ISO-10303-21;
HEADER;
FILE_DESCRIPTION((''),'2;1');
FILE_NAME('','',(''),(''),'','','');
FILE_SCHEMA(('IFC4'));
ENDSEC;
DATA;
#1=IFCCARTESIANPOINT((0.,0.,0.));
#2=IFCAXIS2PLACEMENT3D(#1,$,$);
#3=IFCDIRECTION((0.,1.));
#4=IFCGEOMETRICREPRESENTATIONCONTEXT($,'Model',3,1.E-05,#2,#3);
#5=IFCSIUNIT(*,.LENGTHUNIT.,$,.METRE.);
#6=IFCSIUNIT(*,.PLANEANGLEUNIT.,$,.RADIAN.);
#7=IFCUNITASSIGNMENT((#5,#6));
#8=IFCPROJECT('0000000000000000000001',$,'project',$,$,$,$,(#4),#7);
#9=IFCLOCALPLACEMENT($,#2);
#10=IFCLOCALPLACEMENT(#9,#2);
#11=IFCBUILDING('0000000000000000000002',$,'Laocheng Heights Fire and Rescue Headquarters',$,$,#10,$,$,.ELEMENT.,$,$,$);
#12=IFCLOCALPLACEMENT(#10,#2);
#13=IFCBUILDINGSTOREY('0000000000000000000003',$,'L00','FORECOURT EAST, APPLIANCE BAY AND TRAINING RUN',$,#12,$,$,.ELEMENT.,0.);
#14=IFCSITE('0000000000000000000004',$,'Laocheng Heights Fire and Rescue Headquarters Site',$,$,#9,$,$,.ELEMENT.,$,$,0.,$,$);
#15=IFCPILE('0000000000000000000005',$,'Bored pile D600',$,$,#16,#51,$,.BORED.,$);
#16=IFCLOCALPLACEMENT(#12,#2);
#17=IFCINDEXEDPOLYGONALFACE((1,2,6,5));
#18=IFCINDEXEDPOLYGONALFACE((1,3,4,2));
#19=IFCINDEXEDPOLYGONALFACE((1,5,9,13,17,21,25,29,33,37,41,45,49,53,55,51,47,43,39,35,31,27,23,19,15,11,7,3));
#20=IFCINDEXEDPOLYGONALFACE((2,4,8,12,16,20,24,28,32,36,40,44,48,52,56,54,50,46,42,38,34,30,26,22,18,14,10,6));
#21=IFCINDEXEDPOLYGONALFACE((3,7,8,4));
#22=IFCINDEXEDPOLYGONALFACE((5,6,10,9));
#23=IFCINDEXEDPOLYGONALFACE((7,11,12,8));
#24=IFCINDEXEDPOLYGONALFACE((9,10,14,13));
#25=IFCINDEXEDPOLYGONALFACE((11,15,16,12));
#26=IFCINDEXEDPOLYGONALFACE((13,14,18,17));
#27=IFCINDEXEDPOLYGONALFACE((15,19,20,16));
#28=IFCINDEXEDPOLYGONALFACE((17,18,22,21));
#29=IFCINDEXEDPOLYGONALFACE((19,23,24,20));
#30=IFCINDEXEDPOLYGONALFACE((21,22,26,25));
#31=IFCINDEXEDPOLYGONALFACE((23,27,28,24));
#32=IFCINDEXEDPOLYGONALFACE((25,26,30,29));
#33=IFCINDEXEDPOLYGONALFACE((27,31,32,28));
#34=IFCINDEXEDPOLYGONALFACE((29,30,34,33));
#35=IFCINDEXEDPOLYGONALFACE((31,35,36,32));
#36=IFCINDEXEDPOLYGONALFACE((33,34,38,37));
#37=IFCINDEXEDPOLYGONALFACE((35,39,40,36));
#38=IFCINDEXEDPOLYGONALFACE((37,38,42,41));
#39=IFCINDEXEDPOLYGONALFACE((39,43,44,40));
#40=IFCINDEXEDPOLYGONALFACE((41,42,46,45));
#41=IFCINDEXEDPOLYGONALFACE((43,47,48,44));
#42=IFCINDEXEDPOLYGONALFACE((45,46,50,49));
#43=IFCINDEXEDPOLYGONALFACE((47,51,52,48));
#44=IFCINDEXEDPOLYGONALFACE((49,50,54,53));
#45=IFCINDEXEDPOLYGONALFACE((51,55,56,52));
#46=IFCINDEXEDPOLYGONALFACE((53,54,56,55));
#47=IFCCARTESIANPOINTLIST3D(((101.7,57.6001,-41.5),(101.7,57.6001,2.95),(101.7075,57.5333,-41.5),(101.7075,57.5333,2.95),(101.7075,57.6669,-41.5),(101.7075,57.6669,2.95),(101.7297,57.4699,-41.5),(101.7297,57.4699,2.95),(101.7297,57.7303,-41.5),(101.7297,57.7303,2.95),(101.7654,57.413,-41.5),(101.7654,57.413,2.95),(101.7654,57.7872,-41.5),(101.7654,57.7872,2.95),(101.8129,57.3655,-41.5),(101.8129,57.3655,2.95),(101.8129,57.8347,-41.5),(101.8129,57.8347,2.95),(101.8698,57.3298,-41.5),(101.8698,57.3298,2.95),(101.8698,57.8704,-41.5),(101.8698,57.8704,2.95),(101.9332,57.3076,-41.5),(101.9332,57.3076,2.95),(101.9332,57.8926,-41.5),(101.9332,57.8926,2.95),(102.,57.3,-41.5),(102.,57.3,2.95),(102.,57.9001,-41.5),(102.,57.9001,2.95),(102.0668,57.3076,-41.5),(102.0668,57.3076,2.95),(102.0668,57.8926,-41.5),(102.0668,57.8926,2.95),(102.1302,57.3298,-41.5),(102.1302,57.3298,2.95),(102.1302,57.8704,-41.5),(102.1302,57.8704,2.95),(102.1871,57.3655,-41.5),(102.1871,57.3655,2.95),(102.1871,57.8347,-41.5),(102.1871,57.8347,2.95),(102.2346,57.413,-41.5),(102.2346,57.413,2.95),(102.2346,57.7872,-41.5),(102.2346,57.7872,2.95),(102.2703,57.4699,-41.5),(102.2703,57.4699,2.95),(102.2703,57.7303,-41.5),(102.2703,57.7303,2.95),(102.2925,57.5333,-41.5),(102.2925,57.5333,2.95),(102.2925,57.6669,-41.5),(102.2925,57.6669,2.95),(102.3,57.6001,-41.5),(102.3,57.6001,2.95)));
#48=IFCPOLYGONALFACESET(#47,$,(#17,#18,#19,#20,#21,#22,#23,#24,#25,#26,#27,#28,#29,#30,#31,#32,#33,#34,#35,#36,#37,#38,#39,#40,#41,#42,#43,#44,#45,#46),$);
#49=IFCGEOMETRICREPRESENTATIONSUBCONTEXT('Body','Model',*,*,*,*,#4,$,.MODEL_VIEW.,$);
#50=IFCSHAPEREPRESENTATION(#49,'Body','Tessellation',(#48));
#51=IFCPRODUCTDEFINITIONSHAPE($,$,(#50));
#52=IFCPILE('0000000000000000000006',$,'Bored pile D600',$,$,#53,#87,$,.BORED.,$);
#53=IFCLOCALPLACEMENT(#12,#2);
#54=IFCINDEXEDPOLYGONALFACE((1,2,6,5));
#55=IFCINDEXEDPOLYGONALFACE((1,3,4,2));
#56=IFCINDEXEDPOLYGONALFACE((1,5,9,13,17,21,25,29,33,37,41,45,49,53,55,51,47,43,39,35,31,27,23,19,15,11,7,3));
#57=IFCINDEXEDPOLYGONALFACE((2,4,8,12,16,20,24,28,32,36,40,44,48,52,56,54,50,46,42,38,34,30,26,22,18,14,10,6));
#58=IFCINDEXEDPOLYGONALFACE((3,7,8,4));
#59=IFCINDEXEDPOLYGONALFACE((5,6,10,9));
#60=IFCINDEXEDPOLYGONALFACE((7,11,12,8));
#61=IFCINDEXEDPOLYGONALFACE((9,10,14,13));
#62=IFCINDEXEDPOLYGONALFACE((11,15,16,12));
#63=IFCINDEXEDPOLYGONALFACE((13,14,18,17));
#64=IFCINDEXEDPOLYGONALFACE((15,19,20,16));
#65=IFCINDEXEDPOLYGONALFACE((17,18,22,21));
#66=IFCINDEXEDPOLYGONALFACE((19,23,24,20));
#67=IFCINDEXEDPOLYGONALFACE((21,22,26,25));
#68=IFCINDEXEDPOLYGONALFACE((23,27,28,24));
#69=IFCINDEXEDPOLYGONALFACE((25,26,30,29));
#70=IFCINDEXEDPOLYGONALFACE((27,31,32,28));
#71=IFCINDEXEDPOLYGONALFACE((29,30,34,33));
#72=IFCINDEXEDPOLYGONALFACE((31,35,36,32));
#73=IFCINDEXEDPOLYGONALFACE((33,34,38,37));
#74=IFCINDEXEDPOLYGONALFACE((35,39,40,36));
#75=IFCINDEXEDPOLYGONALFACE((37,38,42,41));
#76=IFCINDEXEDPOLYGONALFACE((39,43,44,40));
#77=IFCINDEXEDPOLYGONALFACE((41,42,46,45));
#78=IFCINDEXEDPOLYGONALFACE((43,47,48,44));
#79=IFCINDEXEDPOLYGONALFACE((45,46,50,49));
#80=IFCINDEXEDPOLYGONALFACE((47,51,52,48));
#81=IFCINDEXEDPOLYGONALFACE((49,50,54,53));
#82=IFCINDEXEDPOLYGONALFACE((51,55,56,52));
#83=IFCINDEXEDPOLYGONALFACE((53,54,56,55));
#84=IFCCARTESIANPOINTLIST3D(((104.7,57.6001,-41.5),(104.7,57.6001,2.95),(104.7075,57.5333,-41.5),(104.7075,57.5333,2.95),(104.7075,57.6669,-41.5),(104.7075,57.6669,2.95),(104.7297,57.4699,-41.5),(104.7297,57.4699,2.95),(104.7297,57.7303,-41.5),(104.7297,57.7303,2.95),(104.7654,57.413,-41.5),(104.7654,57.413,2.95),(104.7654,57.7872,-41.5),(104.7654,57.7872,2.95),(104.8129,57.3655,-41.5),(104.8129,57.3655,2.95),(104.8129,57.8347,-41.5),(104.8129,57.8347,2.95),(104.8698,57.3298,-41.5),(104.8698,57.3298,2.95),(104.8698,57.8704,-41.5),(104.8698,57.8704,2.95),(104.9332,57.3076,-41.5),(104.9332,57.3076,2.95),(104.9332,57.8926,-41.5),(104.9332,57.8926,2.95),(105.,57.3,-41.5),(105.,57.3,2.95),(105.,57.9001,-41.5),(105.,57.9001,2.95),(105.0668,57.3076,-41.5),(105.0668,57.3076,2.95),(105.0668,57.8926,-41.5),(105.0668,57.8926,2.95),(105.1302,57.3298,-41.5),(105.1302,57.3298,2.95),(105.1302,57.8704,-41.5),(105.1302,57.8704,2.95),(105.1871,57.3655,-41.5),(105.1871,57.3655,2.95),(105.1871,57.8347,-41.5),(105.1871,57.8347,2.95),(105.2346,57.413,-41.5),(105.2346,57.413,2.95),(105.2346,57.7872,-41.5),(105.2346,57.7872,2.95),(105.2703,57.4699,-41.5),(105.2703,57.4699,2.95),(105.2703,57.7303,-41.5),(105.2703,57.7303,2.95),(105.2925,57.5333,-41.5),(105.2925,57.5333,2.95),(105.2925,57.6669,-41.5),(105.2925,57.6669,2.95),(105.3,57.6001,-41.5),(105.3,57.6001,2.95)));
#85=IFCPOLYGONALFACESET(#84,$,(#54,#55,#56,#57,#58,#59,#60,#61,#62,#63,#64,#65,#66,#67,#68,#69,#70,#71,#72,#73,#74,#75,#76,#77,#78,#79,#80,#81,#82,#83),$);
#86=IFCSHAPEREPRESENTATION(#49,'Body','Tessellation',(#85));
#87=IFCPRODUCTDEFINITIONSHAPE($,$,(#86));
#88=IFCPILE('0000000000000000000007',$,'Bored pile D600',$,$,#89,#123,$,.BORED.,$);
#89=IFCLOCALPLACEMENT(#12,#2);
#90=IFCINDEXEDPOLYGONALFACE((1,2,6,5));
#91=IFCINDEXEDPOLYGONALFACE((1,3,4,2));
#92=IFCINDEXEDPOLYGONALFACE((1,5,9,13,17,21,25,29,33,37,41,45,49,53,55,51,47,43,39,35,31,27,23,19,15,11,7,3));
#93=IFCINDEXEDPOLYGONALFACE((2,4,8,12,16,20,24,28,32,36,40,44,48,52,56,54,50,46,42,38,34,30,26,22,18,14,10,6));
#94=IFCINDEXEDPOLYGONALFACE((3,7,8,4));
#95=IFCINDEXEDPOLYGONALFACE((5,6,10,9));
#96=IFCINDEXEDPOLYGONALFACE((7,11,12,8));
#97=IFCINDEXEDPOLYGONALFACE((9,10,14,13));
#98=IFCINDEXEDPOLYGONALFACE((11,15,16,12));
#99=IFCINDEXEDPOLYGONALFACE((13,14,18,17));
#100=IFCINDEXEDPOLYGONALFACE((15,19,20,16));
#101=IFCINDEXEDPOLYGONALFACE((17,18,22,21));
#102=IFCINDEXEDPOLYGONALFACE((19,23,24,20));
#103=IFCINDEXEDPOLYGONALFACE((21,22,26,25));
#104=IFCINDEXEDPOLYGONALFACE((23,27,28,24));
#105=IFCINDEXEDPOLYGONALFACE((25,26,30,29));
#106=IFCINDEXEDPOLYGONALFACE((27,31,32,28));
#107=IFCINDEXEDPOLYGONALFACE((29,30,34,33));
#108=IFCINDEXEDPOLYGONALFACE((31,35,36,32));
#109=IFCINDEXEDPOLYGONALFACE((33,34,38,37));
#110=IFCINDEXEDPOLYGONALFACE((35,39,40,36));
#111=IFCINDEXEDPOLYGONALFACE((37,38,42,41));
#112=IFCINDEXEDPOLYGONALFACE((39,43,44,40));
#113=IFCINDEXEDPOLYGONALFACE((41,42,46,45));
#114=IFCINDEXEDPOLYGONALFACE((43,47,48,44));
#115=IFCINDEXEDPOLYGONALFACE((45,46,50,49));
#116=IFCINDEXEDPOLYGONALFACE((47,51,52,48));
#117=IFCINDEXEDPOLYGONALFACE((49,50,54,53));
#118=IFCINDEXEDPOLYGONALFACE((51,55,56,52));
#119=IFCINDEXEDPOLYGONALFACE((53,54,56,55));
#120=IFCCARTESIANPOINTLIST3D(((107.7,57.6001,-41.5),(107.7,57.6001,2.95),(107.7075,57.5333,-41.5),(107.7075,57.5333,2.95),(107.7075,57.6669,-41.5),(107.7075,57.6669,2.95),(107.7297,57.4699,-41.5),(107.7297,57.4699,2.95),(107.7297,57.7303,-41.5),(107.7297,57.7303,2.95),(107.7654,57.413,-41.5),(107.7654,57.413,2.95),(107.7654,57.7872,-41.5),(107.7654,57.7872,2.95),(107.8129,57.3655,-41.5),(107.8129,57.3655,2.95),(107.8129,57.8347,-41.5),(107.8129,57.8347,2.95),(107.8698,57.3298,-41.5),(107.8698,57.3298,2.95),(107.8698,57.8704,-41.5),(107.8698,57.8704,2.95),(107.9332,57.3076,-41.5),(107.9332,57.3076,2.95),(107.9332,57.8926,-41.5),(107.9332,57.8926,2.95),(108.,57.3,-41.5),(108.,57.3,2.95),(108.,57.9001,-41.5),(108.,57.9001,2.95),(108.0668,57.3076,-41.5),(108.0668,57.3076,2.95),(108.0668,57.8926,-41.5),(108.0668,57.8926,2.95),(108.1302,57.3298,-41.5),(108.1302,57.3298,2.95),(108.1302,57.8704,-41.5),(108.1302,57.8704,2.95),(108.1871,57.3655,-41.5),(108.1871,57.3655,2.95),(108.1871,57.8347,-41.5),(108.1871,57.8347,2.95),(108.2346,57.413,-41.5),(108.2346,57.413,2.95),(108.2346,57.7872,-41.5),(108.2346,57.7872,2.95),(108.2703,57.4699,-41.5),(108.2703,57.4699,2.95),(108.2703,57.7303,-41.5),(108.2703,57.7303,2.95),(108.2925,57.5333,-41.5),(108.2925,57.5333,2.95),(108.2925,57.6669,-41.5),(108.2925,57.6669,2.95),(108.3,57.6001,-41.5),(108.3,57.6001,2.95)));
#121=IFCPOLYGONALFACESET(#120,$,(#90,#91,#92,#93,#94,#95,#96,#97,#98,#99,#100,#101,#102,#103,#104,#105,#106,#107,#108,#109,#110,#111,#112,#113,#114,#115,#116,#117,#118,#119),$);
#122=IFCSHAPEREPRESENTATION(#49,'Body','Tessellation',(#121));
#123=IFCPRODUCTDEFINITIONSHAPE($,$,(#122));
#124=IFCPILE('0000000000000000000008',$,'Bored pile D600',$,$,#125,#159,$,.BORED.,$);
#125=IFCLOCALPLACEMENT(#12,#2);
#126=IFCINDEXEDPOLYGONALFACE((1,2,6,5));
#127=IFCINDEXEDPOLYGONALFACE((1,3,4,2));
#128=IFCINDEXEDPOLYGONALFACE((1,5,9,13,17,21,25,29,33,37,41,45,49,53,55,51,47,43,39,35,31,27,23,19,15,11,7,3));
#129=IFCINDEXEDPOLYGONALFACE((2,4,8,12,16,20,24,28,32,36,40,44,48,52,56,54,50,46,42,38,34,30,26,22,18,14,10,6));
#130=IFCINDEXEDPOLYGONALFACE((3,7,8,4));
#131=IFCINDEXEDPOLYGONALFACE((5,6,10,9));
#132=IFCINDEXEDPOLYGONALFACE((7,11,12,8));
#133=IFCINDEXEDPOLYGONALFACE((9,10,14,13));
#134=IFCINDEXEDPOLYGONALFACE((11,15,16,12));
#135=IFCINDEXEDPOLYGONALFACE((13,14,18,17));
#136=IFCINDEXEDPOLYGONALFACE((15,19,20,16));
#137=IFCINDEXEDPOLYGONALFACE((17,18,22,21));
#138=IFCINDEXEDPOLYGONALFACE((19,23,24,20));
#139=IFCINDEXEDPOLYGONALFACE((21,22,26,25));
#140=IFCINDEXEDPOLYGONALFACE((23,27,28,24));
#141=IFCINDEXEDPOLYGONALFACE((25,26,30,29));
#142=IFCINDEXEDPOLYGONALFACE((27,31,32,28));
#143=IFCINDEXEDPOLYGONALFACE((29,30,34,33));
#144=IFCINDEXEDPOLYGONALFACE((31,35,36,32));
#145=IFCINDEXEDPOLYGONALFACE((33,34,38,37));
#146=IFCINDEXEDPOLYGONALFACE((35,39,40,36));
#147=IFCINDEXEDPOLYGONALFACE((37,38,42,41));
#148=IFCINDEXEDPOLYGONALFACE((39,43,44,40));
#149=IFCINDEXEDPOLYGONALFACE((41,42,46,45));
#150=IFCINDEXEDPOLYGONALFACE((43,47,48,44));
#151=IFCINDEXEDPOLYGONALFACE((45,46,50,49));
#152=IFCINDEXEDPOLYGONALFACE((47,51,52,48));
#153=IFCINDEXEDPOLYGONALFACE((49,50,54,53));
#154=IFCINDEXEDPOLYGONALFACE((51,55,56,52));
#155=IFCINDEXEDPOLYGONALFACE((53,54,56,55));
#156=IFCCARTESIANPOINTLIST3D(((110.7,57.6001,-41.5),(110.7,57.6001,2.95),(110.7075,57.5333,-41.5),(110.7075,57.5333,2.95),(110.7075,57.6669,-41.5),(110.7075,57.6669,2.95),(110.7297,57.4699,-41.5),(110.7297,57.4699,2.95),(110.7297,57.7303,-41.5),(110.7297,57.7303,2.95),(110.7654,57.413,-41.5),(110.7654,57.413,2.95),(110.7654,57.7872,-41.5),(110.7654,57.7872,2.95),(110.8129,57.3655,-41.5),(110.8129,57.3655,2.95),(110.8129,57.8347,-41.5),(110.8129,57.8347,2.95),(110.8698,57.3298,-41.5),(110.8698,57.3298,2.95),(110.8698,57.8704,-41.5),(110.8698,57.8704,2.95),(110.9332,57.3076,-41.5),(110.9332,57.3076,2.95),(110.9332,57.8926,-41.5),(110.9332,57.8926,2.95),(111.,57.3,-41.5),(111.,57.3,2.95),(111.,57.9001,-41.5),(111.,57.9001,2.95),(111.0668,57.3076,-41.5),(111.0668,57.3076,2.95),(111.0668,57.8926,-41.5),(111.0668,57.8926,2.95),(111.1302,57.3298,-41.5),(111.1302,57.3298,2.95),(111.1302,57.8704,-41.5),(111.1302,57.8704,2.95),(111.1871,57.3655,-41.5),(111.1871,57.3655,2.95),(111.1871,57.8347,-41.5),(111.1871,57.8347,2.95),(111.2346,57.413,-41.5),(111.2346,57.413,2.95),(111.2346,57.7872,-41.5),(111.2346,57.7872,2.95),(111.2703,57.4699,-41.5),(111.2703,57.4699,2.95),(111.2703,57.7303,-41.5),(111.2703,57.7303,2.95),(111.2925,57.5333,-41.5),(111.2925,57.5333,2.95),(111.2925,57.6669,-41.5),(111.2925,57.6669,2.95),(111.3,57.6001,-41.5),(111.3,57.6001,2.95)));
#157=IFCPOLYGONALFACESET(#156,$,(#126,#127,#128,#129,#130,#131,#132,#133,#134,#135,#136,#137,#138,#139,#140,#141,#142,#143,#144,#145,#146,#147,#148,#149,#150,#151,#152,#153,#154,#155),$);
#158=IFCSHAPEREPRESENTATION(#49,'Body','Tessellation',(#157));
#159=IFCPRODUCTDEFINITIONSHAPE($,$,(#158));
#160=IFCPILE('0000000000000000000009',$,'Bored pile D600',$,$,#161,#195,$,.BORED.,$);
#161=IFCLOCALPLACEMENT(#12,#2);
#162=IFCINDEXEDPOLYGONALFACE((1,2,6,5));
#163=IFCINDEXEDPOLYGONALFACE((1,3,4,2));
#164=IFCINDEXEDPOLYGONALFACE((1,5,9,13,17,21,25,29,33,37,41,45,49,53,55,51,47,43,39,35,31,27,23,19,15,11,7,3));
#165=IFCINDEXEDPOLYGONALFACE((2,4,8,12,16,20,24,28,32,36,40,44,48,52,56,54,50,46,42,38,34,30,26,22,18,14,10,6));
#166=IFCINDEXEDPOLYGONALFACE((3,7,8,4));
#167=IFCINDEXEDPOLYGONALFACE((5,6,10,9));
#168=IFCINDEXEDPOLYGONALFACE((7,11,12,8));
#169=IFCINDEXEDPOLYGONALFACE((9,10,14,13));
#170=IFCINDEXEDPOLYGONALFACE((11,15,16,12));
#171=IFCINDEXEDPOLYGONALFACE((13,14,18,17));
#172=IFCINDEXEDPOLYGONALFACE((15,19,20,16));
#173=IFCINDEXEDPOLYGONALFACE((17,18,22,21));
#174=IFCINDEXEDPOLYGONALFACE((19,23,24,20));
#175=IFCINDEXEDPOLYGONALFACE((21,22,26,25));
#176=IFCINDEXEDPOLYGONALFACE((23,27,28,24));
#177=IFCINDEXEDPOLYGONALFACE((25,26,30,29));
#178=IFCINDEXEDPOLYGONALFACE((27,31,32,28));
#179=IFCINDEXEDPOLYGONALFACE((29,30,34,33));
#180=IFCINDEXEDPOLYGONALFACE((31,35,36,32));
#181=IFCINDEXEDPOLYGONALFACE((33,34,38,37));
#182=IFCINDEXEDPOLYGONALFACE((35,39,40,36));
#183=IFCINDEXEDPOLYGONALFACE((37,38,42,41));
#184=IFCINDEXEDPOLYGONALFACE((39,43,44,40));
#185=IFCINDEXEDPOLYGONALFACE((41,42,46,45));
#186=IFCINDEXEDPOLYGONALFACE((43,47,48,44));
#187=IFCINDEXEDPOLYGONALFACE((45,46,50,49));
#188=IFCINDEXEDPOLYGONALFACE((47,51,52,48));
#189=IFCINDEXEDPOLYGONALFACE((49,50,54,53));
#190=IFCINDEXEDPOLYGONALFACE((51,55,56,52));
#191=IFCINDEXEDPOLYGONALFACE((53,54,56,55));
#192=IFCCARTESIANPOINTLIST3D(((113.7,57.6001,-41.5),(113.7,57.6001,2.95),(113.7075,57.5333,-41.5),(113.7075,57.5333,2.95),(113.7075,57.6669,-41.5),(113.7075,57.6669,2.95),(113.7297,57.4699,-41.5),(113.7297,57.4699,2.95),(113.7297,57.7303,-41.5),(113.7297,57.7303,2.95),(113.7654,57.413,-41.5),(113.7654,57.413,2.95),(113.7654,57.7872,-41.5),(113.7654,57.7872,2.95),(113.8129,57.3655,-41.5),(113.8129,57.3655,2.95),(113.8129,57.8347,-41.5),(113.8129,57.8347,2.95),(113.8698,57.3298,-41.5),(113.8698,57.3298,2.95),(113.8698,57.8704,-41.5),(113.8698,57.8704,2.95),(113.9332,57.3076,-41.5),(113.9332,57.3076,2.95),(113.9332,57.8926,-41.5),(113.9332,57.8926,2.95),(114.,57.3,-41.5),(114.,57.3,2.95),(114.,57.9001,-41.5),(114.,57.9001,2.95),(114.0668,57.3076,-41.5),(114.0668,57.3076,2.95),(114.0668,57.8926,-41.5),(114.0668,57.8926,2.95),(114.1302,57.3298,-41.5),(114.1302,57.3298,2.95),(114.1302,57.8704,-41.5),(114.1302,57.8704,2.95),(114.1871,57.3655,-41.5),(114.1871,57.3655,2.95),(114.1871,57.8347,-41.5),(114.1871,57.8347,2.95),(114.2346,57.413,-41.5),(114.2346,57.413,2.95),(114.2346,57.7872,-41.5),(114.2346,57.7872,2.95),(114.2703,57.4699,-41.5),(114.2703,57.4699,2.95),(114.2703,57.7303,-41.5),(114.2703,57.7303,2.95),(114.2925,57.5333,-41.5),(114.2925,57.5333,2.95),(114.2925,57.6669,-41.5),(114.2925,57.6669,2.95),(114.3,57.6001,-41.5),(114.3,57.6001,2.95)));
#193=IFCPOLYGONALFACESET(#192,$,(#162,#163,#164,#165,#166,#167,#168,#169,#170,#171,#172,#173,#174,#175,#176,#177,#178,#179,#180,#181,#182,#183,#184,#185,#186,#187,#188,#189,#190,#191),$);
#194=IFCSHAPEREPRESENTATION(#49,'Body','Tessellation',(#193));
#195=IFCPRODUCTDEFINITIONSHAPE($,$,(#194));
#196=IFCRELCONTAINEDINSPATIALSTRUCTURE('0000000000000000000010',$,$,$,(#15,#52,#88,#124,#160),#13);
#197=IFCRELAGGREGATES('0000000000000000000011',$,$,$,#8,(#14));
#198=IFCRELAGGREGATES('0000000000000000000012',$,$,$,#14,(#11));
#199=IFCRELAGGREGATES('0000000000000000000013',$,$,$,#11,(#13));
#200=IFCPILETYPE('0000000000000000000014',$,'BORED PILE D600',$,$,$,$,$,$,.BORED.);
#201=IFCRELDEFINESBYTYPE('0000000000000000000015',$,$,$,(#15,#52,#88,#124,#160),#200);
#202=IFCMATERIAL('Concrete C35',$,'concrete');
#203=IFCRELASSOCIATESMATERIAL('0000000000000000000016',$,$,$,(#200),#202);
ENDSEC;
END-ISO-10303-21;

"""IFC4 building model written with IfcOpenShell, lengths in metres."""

from ifc_helpers import new_model, si_unit, direction, frame, origin, origin_2d, place, context, subcontext, project, spatial, circle, extrude, material, material_profile, profile_set, type_object, element, save


model = new_model("IFC4")

# Units and contexts
model_context = context("Model", 3, precision=1e-05, world=origin(), true_north=direction((0.0, 1.0)))
body_context = subcontext(model_context, "Body", "Model", "MODEL_VIEW")
ifc_project = project(units=[si_unit("LENGTHUNIT", "METRE"), si_unit("PLANEANGLEUNIT", "RADIAN")], contexts=[model_context])

# Site, building, storey
site_placement = place(None, origin())
site = spatial("IfcSite", under=ifc_project, at=site_placement, Name="Laocheng Heights Fire and Rescue Headquarters Site", CompositionType="ELEMENT", RefElevation=0.0)
building_placement = place(site_placement, origin())
building = spatial("IfcBuilding", under=site, at=building_placement, Name="Laocheng Heights Fire and Rescue Headquarters", CompositionType="ELEMENT")
storey_placement = place(building_placement, origin())
storey = spatial("IfcBuildingStorey", under=building, at=storey_placement, Name="L00", Description="FORECOURT EAST, APPLIANCE BAY AND TRAINING RUN", CompositionType="ELEMENT", Elevation=0.0)

# Piles
ifc_material_1 = material(Name="Concrete C35", Category="concrete")
ifc_material_profile_1 = material_profile(ifc_material_1, circle(Radius=0.3, at=origin_2d()), Name="BORED PILE D600")
ifc_profile_set_1 = profile_set([ifc_material_profile_1], Name="Concrete C35")
pile_type_1 = type_object("IfcPileType", Name="BORED PILE D600", PredefinedType="BORED", material=ifc_profile_set_1)
for number, where, z_axis, x_axis, name in (
    (1, (102.0, 57.6001, 2.95), (0.0, 0.0, -1.0), (1.0, 0.0, 0.0), "Bored pile D600"),
    (2, (105.0, 57.6001, 2.95), (0.0, 0.0, -1.0), (1.0, 0.0, 0.0), "Bored pile D600"),
    (3, (108.0, 57.6001, 2.95), (0.0, 0.0, -1.0), (1.0, 0.0, 0.0), "Bored pile D600"),
    (4, (111.0, 57.6001, 2.95), (0.0, 0.0, -1.0), (1.0, 0.0, 0.0), "Bored pile D600"),
    (5, (114.0, 57.6001, 2.95), (0.0, 0.0, -1.0), (1.0, 0.0, 0.0), "Bored pile D600"),
):
    element("IfcPile", number, at=place(storey_placement, frame(where, z_axis=z_axis, x_axis=x_axis)), inside=storey, type_object=pile_type_1, Name=name, PredefinedType="BORED", context=body_context, shape_type="SweptSolid", body=[
        extrude(circle(Radius=0.3, at=origin_2d()), origin(), (0.0, 0.0, 1.0), 44.45),
    ])

save(model, "model.ifc")
